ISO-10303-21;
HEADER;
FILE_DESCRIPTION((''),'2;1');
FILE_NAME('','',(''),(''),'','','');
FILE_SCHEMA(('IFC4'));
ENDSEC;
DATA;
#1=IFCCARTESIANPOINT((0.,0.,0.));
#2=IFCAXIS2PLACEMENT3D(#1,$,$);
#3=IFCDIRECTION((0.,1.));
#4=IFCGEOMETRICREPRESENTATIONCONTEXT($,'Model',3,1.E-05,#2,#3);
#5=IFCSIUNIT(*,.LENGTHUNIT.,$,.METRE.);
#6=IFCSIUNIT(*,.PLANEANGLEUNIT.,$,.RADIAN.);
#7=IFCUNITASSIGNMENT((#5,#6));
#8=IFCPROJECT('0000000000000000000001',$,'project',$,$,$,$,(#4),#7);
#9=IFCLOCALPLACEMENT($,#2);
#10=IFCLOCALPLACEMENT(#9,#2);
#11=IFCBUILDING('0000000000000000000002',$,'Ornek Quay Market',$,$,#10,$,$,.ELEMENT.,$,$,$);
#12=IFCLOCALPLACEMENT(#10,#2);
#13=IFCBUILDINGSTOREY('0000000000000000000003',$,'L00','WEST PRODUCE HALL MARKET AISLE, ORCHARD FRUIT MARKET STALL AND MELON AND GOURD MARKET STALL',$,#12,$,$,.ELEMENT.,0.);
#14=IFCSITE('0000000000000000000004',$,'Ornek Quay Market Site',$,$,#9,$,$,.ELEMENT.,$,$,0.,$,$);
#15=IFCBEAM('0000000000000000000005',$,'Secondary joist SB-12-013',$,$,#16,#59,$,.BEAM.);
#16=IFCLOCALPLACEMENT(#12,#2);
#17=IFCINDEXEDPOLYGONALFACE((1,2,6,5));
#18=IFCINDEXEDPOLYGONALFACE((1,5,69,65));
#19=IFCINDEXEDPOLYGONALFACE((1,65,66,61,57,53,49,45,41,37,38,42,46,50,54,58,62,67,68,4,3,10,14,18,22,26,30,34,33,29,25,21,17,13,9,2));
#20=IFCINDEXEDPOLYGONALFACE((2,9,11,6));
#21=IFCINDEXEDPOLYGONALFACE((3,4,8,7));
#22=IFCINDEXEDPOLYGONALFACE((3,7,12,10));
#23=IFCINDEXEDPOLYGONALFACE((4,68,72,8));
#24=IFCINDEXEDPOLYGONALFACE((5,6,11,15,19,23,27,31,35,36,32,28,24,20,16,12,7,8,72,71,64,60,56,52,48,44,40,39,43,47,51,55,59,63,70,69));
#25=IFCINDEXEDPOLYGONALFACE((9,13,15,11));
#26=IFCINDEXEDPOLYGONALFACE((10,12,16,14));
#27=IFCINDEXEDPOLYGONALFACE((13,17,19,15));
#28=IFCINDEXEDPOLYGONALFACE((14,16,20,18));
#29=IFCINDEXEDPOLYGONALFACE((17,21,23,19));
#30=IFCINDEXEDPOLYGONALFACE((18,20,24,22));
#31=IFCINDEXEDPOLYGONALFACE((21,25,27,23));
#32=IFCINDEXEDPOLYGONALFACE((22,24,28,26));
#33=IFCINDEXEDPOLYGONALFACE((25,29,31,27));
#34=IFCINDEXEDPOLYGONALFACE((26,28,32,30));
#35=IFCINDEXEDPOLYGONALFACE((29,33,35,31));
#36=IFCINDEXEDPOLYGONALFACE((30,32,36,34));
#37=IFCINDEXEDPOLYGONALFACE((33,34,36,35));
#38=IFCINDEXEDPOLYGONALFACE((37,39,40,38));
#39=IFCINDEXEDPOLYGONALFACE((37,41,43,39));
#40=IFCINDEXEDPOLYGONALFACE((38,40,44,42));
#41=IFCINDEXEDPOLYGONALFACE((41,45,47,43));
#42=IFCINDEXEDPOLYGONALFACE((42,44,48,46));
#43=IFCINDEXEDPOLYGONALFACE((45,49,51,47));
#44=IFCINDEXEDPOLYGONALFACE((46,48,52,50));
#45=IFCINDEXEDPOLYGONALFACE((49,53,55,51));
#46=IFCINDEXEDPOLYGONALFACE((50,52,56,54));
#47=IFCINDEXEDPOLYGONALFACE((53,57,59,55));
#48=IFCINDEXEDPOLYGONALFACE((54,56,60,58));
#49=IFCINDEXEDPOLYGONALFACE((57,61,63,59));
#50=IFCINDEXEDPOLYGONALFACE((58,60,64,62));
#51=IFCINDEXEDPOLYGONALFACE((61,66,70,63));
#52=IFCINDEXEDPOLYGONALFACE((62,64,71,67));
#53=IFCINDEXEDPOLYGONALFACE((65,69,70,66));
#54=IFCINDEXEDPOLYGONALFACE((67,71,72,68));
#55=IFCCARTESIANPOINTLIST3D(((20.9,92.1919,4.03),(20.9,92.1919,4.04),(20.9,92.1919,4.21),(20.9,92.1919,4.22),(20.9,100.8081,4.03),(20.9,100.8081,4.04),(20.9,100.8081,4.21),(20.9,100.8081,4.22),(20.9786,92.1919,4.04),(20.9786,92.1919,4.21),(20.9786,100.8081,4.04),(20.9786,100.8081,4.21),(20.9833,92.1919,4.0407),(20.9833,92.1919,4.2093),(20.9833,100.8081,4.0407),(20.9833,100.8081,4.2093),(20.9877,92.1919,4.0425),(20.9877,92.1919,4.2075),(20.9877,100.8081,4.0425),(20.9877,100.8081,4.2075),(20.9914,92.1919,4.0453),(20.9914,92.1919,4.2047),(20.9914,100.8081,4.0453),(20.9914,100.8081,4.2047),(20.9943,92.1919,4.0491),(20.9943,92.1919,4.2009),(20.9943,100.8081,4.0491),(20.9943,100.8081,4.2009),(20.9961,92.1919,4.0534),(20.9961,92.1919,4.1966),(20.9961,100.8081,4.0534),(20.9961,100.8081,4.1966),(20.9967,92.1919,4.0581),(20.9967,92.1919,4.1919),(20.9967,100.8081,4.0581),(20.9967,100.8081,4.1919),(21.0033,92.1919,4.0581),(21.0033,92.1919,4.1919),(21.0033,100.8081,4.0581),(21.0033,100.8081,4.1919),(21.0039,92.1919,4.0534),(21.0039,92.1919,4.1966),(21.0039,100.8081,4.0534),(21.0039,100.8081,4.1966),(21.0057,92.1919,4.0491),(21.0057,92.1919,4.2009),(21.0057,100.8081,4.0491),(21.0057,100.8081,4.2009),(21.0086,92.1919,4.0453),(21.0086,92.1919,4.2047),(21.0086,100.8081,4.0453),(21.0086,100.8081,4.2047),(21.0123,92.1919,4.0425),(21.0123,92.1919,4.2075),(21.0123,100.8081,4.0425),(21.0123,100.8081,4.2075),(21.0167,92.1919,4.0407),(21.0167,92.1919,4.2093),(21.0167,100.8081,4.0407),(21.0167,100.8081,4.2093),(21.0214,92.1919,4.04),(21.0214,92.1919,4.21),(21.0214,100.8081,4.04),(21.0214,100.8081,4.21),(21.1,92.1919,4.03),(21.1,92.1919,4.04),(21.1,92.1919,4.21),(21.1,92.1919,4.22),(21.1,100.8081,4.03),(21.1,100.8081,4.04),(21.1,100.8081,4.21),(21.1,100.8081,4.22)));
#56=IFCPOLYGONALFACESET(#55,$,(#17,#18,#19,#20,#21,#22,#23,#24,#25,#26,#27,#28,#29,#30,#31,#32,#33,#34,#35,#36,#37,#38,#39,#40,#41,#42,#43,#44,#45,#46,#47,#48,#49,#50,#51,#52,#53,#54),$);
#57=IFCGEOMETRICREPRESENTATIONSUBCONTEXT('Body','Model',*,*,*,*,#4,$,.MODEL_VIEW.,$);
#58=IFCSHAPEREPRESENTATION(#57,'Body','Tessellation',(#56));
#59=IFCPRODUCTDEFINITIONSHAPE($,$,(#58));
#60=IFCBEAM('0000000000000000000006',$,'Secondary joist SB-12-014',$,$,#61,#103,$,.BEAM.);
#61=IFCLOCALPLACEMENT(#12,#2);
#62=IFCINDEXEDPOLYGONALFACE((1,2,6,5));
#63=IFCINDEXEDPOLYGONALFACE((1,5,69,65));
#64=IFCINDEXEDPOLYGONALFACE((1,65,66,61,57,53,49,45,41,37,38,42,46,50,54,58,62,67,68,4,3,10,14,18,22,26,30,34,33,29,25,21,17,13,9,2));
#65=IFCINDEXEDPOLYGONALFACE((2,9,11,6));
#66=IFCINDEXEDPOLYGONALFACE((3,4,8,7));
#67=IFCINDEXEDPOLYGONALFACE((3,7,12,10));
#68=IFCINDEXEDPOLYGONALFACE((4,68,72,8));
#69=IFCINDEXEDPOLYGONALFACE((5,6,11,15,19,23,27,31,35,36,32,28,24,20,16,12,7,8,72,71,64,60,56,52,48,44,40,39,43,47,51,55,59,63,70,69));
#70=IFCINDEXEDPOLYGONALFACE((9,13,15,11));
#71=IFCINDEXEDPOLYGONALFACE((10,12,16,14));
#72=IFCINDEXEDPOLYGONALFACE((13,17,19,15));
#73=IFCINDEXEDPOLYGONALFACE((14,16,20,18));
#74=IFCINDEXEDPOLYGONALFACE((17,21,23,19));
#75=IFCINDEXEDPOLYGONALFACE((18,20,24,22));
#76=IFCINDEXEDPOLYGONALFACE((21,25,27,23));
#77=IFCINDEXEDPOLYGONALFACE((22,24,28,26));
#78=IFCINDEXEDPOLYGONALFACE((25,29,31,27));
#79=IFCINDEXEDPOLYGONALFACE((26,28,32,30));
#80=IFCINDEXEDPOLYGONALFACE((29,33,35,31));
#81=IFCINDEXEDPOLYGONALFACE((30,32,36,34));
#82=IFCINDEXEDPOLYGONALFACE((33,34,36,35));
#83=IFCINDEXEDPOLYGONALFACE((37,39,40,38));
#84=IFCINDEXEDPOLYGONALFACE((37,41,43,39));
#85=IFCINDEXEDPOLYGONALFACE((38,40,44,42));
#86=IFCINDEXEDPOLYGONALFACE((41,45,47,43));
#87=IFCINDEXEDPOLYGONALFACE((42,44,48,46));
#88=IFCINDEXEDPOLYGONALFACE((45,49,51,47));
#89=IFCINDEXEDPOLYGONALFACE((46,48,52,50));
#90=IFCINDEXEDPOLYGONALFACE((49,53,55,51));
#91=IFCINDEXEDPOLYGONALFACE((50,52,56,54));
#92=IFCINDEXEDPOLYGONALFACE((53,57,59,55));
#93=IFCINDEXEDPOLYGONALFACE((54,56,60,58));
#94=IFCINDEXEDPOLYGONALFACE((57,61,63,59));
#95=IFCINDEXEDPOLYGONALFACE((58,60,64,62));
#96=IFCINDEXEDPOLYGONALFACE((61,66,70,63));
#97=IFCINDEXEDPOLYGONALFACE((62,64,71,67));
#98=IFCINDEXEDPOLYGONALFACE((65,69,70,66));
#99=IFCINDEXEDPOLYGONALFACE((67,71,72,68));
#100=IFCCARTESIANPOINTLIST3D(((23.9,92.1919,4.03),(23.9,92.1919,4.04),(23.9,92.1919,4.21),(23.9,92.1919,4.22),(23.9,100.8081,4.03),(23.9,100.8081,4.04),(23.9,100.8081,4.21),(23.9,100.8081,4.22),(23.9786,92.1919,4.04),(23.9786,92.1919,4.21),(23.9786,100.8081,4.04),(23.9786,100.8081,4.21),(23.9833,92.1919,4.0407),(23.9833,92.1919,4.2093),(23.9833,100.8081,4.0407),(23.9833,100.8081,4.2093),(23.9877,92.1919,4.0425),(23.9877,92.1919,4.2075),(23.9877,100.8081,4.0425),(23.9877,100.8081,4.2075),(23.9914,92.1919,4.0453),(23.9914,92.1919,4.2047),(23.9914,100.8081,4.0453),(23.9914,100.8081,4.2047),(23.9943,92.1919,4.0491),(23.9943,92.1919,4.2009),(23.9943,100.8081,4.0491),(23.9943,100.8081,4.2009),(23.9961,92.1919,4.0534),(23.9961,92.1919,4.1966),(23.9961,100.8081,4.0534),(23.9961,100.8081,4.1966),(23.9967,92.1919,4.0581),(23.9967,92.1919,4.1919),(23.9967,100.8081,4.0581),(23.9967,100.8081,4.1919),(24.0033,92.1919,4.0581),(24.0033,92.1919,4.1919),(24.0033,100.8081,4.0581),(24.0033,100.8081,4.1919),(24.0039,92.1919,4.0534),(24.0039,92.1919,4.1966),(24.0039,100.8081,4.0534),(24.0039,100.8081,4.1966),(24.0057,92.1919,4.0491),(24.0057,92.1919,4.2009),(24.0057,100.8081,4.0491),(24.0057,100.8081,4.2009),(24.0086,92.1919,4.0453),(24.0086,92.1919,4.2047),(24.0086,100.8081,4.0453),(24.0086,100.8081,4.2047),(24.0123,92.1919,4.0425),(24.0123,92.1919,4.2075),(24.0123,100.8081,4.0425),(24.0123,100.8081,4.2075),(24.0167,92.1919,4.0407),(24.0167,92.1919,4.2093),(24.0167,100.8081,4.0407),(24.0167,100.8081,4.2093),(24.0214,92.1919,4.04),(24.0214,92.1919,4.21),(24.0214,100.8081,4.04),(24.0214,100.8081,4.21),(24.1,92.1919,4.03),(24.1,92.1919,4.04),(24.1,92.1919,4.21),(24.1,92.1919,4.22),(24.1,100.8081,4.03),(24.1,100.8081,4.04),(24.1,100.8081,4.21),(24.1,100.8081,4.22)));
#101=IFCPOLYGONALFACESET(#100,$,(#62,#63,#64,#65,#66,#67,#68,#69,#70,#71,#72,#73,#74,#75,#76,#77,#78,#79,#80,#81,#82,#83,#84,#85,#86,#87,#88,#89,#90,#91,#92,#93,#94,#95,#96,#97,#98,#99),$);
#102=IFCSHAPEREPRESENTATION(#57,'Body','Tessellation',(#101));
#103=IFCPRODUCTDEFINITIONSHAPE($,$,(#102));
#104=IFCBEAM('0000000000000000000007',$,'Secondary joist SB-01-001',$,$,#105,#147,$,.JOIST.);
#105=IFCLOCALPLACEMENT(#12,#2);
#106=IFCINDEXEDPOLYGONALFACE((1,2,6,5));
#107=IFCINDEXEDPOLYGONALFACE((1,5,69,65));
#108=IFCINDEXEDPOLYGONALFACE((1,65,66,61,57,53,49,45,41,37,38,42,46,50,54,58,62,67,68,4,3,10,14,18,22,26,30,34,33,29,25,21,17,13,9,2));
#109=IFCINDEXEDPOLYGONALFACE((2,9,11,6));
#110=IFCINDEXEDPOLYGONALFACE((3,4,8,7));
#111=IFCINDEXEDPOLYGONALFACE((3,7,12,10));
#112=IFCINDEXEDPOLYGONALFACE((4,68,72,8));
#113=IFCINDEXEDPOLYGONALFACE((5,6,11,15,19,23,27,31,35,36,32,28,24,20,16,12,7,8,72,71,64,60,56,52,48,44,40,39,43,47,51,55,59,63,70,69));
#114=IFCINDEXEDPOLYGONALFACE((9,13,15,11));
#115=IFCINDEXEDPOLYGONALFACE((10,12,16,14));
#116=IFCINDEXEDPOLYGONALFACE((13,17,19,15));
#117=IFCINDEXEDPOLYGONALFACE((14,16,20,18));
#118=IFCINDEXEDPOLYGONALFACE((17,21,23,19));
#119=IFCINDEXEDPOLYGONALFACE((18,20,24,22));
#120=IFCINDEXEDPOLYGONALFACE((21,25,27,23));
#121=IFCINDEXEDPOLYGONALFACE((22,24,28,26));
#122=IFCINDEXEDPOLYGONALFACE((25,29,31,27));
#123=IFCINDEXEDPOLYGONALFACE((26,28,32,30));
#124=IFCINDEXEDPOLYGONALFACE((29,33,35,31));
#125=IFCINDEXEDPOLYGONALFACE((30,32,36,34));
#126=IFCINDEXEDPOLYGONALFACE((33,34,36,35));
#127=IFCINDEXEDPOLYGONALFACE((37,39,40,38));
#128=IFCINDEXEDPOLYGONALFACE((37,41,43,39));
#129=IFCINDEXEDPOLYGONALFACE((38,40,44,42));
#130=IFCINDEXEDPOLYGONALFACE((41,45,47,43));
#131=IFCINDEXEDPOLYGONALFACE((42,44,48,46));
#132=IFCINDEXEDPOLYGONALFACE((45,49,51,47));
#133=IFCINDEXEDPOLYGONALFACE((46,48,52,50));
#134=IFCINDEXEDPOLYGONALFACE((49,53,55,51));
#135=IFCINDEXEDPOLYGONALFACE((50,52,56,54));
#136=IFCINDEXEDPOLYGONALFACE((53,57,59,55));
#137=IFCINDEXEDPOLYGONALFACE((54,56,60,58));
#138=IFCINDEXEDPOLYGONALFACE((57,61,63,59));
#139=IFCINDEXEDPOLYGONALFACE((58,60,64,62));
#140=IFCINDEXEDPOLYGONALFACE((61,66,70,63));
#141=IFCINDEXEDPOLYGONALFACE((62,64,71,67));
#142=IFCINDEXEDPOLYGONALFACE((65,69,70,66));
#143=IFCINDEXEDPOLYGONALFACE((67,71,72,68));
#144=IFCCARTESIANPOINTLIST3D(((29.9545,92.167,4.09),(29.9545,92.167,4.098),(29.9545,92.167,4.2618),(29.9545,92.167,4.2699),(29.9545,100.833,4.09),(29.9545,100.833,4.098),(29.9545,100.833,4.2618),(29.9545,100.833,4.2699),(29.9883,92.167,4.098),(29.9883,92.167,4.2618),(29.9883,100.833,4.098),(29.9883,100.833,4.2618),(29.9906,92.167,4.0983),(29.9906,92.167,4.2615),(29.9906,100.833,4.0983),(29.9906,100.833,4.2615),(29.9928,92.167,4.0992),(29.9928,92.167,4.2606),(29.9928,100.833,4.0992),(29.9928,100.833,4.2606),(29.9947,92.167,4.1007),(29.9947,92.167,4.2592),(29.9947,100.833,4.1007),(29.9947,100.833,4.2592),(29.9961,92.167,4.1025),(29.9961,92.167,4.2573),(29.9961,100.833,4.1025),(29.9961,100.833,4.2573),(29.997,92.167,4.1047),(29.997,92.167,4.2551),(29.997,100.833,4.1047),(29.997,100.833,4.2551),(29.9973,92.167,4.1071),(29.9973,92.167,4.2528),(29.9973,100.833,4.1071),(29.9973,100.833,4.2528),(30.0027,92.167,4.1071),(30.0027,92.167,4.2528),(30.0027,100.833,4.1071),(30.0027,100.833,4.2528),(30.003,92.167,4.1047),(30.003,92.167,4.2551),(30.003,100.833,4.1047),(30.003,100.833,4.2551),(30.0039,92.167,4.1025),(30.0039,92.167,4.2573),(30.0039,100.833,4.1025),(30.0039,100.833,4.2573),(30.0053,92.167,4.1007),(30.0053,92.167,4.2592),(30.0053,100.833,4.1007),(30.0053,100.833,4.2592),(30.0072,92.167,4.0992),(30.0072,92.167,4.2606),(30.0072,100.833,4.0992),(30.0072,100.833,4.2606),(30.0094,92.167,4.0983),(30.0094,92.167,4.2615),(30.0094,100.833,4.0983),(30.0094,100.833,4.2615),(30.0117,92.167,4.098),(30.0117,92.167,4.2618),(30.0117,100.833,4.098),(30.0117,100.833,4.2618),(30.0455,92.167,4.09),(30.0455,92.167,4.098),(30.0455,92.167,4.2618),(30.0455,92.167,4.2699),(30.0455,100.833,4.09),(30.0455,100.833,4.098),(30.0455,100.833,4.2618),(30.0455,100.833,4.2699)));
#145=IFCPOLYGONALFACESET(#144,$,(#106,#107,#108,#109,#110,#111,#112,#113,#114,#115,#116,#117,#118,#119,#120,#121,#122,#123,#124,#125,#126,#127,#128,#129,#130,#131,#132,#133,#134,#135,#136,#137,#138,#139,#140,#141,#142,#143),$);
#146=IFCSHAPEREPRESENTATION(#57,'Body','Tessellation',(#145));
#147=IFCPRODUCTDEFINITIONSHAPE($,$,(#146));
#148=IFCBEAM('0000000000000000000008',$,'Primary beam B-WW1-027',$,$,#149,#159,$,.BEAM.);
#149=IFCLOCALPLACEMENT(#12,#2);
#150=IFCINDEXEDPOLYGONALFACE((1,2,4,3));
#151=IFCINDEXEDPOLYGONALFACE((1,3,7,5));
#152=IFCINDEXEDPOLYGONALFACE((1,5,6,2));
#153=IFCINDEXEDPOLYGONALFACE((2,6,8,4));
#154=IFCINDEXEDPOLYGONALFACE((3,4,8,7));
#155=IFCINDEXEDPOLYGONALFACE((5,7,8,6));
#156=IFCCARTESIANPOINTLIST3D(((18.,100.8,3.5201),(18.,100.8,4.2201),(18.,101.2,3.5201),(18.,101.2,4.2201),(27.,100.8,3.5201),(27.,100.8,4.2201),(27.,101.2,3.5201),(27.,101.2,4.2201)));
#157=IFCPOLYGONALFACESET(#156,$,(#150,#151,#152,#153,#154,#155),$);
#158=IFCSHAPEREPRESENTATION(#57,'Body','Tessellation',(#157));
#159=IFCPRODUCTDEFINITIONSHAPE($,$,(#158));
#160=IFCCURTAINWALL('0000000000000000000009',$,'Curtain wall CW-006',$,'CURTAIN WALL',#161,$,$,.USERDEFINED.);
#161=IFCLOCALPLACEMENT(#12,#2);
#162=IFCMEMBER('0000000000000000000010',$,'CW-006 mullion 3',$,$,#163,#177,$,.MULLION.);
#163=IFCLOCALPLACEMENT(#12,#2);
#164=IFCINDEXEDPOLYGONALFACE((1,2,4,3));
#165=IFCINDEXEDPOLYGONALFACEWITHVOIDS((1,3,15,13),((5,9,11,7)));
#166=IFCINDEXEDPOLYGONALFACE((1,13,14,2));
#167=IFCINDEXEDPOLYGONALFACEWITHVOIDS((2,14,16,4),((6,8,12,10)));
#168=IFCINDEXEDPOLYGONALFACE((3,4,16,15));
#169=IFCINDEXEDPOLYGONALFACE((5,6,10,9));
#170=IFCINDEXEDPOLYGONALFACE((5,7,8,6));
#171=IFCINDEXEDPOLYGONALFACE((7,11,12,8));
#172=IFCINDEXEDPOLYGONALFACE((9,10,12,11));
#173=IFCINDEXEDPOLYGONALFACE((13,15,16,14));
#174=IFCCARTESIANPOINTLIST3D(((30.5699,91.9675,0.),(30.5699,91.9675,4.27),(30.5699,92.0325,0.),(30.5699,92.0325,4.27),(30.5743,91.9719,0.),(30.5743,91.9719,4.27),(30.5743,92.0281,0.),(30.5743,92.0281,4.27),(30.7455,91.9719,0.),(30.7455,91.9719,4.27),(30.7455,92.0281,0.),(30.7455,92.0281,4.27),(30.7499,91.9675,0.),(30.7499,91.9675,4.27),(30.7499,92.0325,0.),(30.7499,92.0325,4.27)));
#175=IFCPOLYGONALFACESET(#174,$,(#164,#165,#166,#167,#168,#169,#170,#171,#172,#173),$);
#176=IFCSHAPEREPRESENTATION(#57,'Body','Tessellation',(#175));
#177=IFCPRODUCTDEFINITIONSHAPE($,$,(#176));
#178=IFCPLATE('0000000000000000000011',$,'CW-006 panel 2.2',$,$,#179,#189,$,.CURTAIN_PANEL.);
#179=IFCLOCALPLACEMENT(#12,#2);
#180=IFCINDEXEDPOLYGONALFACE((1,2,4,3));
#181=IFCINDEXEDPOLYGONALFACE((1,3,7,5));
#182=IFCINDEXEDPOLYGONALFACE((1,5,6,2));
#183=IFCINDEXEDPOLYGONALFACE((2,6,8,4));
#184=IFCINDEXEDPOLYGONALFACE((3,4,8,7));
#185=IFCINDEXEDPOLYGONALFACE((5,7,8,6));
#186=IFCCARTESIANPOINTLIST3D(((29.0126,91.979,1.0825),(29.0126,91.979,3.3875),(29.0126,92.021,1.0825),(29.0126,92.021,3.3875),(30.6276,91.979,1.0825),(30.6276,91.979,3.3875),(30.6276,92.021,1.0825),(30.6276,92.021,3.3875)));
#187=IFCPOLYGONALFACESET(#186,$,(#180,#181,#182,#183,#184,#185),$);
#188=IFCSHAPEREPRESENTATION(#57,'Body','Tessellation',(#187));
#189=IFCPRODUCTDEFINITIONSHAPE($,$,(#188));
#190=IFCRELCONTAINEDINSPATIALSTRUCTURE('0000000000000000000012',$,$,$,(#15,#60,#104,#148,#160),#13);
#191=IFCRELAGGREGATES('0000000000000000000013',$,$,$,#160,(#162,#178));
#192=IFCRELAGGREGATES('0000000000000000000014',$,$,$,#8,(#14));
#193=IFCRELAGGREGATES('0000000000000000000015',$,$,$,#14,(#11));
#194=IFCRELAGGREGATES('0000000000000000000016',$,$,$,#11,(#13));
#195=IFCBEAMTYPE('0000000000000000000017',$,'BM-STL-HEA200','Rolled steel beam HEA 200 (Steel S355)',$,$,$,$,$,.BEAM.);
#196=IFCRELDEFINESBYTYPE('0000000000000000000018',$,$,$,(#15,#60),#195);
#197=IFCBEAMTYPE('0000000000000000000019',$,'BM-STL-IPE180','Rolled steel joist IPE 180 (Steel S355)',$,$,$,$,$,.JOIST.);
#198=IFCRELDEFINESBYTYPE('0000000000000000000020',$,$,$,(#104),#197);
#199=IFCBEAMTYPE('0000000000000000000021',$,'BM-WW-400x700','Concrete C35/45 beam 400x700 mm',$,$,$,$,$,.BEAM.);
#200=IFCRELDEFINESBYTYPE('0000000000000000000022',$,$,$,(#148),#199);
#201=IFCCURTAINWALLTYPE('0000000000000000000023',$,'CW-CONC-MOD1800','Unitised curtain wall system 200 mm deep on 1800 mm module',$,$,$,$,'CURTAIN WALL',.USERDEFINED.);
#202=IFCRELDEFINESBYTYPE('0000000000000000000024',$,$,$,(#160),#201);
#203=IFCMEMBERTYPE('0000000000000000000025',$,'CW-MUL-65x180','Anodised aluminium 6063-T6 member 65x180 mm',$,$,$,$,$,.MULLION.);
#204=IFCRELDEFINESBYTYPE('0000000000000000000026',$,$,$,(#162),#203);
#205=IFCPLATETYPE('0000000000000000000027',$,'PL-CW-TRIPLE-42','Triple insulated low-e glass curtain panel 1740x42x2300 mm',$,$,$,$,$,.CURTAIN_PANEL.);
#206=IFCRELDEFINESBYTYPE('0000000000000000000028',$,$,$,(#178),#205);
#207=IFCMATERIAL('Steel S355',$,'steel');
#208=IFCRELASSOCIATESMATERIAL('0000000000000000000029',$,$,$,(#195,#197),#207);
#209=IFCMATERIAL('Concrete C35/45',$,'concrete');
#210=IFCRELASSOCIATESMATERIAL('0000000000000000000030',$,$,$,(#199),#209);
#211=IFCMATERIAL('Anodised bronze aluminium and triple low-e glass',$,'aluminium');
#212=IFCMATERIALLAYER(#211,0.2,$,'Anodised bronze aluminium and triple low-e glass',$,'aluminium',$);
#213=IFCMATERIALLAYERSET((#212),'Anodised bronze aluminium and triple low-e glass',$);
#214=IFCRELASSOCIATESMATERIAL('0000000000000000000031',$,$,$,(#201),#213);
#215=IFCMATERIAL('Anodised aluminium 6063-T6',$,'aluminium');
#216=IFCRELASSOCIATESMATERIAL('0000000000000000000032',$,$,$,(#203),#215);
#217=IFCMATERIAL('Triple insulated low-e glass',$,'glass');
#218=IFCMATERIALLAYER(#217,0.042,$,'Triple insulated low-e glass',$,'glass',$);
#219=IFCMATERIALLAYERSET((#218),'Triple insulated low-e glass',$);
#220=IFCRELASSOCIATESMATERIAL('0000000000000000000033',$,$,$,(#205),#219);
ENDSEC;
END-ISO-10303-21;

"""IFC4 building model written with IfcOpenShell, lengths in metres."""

from ifc_helpers import new_model, si_unit, direction, frame, origin, origin_2d, place, context, subcontext, project, spatial, rectangle, hollow_rectangle, i_section, extrude, material, layer, layer_set, material_profile, profile_set, type_object, element, aggregate, save


model = new_model("IFC4")

# Units and contexts
model_context = context("Model", 3, precision=1e-05, world=origin(), true_north=direction((0.0, 1.0)))
body_context = subcontext(model_context, "Body", "Model", "MODEL_VIEW")
ifc_project = project(units=[si_unit("LENGTHUNIT", "METRE"), si_unit("PLANEANGLEUNIT", "RADIAN")], contexts=[model_context])

# Site, building, storey
site_placement = place(None, origin())
site = spatial("IfcSite", under=ifc_project, at=site_placement, Name="Ornek Quay Market Site", CompositionType="ELEMENT", RefElevation=0.0)
building_placement = place(site_placement, origin())
building = spatial("IfcBuilding", under=site, at=building_placement, Name="Ornek Quay Market", CompositionType="ELEMENT")
storey_placement = place(building_placement, origin())
storey = spatial("IfcBuildingStorey", under=building, at=storey_placement, Name="L00", Description="WEST PRODUCE HALL MARKET AISLE, ORCHARD FRUIT MARKET STALL AND MELON AND GOURD MARKET STALL", CompositionType="ELEMENT", Elevation=0.0)

# Shared definitions
ifc_material_1 = material(Name="Concrete C35/45", Category="concrete")

# Beams
ifc_material_2 = material(Name="Steel S355", Category="steel")
ifc_material_profile_1 = material_profile(ifc_material_2, i_section(OverallWidth=0.2, OverallDepth=0.1899, WebThickness=0.0066, FlangeThickness=0.01, FilletRadius=0.0181, at=origin_2d()), Name="HEA 200", Category="steel")
ifc_profile_set_1 = profile_set([ifc_material_profile_1], Name="Steel S355")
beam_type_1 = type_object("IfcBeamType", Name="BM-STL-HEA200", Description="Rolled steel beam HEA 200 (Steel S355)", PredefinedType="BEAM", material=ifc_profile_set_1)
for number, where, z_axis, x_axis, name in (
    (1, (21.0, 92.1919, 4.125), (0.0, 1.0, 0.0), (-1.0, 0.0, 0.0), "Secondary joist SB-12-013"),
    (2, (24.0, 92.1919, 4.125), (0.0, 1.0, 0.0), (-1.0, 0.0, 0.0), "Secondary joist SB-12-014"),
):
    element("IfcBeam", number, at=place(storey_placement, frame(where, z_axis=z_axis, x_axis=x_axis)), inside=storey, type_object=beam_type_1, Name=name, PredefinedType="BEAM", context=body_context, shape_type="SweptSolid", body=[
        extrude(i_section(OverallWidth=0.2, OverallDepth=0.1899, WebThickness=0.0066, FlangeThickness=0.01, FilletRadius=0.0181, at=origin_2d()), origin(), (0.0, 0.0, 1.0), 8.6162),
    ])
ifc_material_profile_2 = material_profile(ifc_material_2, i_section(OverallWidth=0.0911, OverallDepth=0.1799, WebThickness=0.0054, FlangeThickness=0.0081, FilletRadius=0.009, at=origin_2d()), Name="IPE 180", Category="steel")
ifc_profile_set_2 = profile_set([ifc_material_profile_2], Name="Steel S355")
beam_type_2 = type_object("IfcBeamType", Name="BM-STL-IPE180", Description="Rolled steel joist IPE 180 (Steel S355)", PredefinedType="JOIST", material=ifc_profile_set_2)
beam_1_placement = place(storey_placement, frame((30.0, 92.167, 4.1799), z_axis=(0.0, 1.0, 0.0), x_axis=(-1.0, 0.0, 0.0)))
element("IfcBeam", 3, at=beam_1_placement, inside=storey, type_object=beam_type_2, Name="Secondary joist SB-01-001", PredefinedType="JOIST", context=body_context, shape_type="SweptSolid", body=[
    extrude(i_section(OverallWidth=0.0911, OverallDepth=0.1799, WebThickness=0.0054, FlangeThickness=0.0081, FilletRadius=0.009, at=origin_2d()), origin(), (0.0, 0.0, 1.0), 8.666),
])
ifc_material_profile_3 = material_profile(ifc_material_1, rectangle(XDim=0.3999, YDim=0.7, at=origin_2d()), Name="RC 400x700", Category="concrete")
ifc_profile_set_3 = profile_set([ifc_material_profile_3], Name="Concrete C35/45")
beam_type_3 = type_object("IfcBeamType", Name="BM-WW-400x700", Description="Concrete C35/45 beam 400x700 mm", PredefinedType="BEAM", material=ifc_profile_set_3)
beam_2_placement = place(storey_placement, frame((18.0, 101.0, 3.8701), z_axis=(1.0, 0.0, 0.0), x_axis=(0.0, 1.0, 0.0)))
element("IfcBeam", 4, at=beam_2_placement, inside=storey, type_object=beam_type_3, Name="Primary beam B-WW1-027", PredefinedType="BEAM", context=body_context, shape_type="SweptSolid", body=[
    extrude(rectangle(XDim=0.3999, YDim=0.7, at=origin_2d()), origin(), (0.0, 0.0, 1.0), 9.0),
])

# Curtain wall, member, plate
ifc_material_3 = material(Name="Anodised bronze aluminium and triple low-e glass", Category="aluminium")
ifc_layer_1 = layer(ifc_material_3, 0.2, Name="Anodised bronze aluminium and triple low-e glass", Category="aluminium")
ifc_layer_set_1 = layer_set([ifc_layer_1], Name="Anodised bronze aluminium and triple low-e glass")
curtain_wall_type = type_object("IfcCurtainWallType", Name="CW-CONC-MOD1800", Description="Unitised curtain wall system 200 mm deep on 1800 mm module", ElementType="CURTAIN WALL", PredefinedType="USERDEFINED", material=ifc_layer_set_1)
curtain_wall_placement = place(storey_placement, origin())
curtain_wall = element("IfcCurtainWall", 5, at=curtain_wall_placement, inside=storey, type_object=curtain_wall_type, Name="Curtain wall CW-006", ObjectType="CURTAIN WALL", PredefinedType="USERDEFINED")
ifc_material_4 = material(Name="Anodised aluminium 6063-T6", Category="aluminium")
ifc_material_profile_4 = material_profile(ifc_material_4, hollow_rectangle(XDim=0.0649, YDim=0.1799, WallThickness=0.0044, at=origin_2d()), Name="CW-MUL-65x180", Category="aluminium")
ifc_profile_set_4 = profile_set([ifc_material_profile_4], Name="Anodised aluminium 6063-T6")
member_type = type_object("IfcMemberType", Name="CW-MUL-65x180", Description="Anodised aluminium 6063-T6 member 65x180 mm", PredefinedType="MULLION", material=ifc_profile_set_4)
member_placement = place(storey_placement, frame((30.6599, 92.0, 0.0), z_axis=(0.0, 0.0, 1.0), x_axis=(0.0, 1.0, 0.0)))
member = element("IfcMember", 6, at=member_placement, type_object=member_type, Name="CW-006 mullion 3", PredefinedType="MULLION", context=body_context, shape_type="SweptSolid", body=[
    extrude(hollow_rectangle(XDim=0.0649, YDim=0.1799, WallThickness=0.0044, at=origin_2d()), origin(), (0.0, 0.0, 1.0), 4.27),
])
ifc_material_5 = material(Name="Triple insulated low-e glass", Category="glass")
ifc_layer_2 = layer(ifc_material_5, 0.042, Name="Triple insulated low-e glass", Category="glass")
ifc_layer_set_2 = layer_set([ifc_layer_2], Name="Triple insulated low-e glass")
plate_type = type_object("IfcPlateType", Name="PL-CW-TRIPLE-42", Description="Triple insulated low-e glass curtain panel 1740x42x2300 mm", PredefinedType="CURTAIN_PANEL", material=ifc_layer_set_2)
plate_1_placement = place(storey_placement, frame((29.8201, 92.0, 1.0825), z_axis=(0.0, 0.0, 1.0), x_axis=(1.0, 0.0, 0.0)))
plate_1 = element("IfcPlate", 7, at=plate_1_placement, type_object=plate_type, Name="CW-006 panel 2.2", PredefinedType="CURTAIN_PANEL", context=body_context, shape_type="SweptSolid", body=[
    extrude(rectangle(XDim=1.615, YDim=0.042, at=origin_2d()), origin(), (0.0, 0.0, 1.0), 2.3049),
])
aggregate(curtain_wall, [member, plate_1])

save(model, "model.ifc")
